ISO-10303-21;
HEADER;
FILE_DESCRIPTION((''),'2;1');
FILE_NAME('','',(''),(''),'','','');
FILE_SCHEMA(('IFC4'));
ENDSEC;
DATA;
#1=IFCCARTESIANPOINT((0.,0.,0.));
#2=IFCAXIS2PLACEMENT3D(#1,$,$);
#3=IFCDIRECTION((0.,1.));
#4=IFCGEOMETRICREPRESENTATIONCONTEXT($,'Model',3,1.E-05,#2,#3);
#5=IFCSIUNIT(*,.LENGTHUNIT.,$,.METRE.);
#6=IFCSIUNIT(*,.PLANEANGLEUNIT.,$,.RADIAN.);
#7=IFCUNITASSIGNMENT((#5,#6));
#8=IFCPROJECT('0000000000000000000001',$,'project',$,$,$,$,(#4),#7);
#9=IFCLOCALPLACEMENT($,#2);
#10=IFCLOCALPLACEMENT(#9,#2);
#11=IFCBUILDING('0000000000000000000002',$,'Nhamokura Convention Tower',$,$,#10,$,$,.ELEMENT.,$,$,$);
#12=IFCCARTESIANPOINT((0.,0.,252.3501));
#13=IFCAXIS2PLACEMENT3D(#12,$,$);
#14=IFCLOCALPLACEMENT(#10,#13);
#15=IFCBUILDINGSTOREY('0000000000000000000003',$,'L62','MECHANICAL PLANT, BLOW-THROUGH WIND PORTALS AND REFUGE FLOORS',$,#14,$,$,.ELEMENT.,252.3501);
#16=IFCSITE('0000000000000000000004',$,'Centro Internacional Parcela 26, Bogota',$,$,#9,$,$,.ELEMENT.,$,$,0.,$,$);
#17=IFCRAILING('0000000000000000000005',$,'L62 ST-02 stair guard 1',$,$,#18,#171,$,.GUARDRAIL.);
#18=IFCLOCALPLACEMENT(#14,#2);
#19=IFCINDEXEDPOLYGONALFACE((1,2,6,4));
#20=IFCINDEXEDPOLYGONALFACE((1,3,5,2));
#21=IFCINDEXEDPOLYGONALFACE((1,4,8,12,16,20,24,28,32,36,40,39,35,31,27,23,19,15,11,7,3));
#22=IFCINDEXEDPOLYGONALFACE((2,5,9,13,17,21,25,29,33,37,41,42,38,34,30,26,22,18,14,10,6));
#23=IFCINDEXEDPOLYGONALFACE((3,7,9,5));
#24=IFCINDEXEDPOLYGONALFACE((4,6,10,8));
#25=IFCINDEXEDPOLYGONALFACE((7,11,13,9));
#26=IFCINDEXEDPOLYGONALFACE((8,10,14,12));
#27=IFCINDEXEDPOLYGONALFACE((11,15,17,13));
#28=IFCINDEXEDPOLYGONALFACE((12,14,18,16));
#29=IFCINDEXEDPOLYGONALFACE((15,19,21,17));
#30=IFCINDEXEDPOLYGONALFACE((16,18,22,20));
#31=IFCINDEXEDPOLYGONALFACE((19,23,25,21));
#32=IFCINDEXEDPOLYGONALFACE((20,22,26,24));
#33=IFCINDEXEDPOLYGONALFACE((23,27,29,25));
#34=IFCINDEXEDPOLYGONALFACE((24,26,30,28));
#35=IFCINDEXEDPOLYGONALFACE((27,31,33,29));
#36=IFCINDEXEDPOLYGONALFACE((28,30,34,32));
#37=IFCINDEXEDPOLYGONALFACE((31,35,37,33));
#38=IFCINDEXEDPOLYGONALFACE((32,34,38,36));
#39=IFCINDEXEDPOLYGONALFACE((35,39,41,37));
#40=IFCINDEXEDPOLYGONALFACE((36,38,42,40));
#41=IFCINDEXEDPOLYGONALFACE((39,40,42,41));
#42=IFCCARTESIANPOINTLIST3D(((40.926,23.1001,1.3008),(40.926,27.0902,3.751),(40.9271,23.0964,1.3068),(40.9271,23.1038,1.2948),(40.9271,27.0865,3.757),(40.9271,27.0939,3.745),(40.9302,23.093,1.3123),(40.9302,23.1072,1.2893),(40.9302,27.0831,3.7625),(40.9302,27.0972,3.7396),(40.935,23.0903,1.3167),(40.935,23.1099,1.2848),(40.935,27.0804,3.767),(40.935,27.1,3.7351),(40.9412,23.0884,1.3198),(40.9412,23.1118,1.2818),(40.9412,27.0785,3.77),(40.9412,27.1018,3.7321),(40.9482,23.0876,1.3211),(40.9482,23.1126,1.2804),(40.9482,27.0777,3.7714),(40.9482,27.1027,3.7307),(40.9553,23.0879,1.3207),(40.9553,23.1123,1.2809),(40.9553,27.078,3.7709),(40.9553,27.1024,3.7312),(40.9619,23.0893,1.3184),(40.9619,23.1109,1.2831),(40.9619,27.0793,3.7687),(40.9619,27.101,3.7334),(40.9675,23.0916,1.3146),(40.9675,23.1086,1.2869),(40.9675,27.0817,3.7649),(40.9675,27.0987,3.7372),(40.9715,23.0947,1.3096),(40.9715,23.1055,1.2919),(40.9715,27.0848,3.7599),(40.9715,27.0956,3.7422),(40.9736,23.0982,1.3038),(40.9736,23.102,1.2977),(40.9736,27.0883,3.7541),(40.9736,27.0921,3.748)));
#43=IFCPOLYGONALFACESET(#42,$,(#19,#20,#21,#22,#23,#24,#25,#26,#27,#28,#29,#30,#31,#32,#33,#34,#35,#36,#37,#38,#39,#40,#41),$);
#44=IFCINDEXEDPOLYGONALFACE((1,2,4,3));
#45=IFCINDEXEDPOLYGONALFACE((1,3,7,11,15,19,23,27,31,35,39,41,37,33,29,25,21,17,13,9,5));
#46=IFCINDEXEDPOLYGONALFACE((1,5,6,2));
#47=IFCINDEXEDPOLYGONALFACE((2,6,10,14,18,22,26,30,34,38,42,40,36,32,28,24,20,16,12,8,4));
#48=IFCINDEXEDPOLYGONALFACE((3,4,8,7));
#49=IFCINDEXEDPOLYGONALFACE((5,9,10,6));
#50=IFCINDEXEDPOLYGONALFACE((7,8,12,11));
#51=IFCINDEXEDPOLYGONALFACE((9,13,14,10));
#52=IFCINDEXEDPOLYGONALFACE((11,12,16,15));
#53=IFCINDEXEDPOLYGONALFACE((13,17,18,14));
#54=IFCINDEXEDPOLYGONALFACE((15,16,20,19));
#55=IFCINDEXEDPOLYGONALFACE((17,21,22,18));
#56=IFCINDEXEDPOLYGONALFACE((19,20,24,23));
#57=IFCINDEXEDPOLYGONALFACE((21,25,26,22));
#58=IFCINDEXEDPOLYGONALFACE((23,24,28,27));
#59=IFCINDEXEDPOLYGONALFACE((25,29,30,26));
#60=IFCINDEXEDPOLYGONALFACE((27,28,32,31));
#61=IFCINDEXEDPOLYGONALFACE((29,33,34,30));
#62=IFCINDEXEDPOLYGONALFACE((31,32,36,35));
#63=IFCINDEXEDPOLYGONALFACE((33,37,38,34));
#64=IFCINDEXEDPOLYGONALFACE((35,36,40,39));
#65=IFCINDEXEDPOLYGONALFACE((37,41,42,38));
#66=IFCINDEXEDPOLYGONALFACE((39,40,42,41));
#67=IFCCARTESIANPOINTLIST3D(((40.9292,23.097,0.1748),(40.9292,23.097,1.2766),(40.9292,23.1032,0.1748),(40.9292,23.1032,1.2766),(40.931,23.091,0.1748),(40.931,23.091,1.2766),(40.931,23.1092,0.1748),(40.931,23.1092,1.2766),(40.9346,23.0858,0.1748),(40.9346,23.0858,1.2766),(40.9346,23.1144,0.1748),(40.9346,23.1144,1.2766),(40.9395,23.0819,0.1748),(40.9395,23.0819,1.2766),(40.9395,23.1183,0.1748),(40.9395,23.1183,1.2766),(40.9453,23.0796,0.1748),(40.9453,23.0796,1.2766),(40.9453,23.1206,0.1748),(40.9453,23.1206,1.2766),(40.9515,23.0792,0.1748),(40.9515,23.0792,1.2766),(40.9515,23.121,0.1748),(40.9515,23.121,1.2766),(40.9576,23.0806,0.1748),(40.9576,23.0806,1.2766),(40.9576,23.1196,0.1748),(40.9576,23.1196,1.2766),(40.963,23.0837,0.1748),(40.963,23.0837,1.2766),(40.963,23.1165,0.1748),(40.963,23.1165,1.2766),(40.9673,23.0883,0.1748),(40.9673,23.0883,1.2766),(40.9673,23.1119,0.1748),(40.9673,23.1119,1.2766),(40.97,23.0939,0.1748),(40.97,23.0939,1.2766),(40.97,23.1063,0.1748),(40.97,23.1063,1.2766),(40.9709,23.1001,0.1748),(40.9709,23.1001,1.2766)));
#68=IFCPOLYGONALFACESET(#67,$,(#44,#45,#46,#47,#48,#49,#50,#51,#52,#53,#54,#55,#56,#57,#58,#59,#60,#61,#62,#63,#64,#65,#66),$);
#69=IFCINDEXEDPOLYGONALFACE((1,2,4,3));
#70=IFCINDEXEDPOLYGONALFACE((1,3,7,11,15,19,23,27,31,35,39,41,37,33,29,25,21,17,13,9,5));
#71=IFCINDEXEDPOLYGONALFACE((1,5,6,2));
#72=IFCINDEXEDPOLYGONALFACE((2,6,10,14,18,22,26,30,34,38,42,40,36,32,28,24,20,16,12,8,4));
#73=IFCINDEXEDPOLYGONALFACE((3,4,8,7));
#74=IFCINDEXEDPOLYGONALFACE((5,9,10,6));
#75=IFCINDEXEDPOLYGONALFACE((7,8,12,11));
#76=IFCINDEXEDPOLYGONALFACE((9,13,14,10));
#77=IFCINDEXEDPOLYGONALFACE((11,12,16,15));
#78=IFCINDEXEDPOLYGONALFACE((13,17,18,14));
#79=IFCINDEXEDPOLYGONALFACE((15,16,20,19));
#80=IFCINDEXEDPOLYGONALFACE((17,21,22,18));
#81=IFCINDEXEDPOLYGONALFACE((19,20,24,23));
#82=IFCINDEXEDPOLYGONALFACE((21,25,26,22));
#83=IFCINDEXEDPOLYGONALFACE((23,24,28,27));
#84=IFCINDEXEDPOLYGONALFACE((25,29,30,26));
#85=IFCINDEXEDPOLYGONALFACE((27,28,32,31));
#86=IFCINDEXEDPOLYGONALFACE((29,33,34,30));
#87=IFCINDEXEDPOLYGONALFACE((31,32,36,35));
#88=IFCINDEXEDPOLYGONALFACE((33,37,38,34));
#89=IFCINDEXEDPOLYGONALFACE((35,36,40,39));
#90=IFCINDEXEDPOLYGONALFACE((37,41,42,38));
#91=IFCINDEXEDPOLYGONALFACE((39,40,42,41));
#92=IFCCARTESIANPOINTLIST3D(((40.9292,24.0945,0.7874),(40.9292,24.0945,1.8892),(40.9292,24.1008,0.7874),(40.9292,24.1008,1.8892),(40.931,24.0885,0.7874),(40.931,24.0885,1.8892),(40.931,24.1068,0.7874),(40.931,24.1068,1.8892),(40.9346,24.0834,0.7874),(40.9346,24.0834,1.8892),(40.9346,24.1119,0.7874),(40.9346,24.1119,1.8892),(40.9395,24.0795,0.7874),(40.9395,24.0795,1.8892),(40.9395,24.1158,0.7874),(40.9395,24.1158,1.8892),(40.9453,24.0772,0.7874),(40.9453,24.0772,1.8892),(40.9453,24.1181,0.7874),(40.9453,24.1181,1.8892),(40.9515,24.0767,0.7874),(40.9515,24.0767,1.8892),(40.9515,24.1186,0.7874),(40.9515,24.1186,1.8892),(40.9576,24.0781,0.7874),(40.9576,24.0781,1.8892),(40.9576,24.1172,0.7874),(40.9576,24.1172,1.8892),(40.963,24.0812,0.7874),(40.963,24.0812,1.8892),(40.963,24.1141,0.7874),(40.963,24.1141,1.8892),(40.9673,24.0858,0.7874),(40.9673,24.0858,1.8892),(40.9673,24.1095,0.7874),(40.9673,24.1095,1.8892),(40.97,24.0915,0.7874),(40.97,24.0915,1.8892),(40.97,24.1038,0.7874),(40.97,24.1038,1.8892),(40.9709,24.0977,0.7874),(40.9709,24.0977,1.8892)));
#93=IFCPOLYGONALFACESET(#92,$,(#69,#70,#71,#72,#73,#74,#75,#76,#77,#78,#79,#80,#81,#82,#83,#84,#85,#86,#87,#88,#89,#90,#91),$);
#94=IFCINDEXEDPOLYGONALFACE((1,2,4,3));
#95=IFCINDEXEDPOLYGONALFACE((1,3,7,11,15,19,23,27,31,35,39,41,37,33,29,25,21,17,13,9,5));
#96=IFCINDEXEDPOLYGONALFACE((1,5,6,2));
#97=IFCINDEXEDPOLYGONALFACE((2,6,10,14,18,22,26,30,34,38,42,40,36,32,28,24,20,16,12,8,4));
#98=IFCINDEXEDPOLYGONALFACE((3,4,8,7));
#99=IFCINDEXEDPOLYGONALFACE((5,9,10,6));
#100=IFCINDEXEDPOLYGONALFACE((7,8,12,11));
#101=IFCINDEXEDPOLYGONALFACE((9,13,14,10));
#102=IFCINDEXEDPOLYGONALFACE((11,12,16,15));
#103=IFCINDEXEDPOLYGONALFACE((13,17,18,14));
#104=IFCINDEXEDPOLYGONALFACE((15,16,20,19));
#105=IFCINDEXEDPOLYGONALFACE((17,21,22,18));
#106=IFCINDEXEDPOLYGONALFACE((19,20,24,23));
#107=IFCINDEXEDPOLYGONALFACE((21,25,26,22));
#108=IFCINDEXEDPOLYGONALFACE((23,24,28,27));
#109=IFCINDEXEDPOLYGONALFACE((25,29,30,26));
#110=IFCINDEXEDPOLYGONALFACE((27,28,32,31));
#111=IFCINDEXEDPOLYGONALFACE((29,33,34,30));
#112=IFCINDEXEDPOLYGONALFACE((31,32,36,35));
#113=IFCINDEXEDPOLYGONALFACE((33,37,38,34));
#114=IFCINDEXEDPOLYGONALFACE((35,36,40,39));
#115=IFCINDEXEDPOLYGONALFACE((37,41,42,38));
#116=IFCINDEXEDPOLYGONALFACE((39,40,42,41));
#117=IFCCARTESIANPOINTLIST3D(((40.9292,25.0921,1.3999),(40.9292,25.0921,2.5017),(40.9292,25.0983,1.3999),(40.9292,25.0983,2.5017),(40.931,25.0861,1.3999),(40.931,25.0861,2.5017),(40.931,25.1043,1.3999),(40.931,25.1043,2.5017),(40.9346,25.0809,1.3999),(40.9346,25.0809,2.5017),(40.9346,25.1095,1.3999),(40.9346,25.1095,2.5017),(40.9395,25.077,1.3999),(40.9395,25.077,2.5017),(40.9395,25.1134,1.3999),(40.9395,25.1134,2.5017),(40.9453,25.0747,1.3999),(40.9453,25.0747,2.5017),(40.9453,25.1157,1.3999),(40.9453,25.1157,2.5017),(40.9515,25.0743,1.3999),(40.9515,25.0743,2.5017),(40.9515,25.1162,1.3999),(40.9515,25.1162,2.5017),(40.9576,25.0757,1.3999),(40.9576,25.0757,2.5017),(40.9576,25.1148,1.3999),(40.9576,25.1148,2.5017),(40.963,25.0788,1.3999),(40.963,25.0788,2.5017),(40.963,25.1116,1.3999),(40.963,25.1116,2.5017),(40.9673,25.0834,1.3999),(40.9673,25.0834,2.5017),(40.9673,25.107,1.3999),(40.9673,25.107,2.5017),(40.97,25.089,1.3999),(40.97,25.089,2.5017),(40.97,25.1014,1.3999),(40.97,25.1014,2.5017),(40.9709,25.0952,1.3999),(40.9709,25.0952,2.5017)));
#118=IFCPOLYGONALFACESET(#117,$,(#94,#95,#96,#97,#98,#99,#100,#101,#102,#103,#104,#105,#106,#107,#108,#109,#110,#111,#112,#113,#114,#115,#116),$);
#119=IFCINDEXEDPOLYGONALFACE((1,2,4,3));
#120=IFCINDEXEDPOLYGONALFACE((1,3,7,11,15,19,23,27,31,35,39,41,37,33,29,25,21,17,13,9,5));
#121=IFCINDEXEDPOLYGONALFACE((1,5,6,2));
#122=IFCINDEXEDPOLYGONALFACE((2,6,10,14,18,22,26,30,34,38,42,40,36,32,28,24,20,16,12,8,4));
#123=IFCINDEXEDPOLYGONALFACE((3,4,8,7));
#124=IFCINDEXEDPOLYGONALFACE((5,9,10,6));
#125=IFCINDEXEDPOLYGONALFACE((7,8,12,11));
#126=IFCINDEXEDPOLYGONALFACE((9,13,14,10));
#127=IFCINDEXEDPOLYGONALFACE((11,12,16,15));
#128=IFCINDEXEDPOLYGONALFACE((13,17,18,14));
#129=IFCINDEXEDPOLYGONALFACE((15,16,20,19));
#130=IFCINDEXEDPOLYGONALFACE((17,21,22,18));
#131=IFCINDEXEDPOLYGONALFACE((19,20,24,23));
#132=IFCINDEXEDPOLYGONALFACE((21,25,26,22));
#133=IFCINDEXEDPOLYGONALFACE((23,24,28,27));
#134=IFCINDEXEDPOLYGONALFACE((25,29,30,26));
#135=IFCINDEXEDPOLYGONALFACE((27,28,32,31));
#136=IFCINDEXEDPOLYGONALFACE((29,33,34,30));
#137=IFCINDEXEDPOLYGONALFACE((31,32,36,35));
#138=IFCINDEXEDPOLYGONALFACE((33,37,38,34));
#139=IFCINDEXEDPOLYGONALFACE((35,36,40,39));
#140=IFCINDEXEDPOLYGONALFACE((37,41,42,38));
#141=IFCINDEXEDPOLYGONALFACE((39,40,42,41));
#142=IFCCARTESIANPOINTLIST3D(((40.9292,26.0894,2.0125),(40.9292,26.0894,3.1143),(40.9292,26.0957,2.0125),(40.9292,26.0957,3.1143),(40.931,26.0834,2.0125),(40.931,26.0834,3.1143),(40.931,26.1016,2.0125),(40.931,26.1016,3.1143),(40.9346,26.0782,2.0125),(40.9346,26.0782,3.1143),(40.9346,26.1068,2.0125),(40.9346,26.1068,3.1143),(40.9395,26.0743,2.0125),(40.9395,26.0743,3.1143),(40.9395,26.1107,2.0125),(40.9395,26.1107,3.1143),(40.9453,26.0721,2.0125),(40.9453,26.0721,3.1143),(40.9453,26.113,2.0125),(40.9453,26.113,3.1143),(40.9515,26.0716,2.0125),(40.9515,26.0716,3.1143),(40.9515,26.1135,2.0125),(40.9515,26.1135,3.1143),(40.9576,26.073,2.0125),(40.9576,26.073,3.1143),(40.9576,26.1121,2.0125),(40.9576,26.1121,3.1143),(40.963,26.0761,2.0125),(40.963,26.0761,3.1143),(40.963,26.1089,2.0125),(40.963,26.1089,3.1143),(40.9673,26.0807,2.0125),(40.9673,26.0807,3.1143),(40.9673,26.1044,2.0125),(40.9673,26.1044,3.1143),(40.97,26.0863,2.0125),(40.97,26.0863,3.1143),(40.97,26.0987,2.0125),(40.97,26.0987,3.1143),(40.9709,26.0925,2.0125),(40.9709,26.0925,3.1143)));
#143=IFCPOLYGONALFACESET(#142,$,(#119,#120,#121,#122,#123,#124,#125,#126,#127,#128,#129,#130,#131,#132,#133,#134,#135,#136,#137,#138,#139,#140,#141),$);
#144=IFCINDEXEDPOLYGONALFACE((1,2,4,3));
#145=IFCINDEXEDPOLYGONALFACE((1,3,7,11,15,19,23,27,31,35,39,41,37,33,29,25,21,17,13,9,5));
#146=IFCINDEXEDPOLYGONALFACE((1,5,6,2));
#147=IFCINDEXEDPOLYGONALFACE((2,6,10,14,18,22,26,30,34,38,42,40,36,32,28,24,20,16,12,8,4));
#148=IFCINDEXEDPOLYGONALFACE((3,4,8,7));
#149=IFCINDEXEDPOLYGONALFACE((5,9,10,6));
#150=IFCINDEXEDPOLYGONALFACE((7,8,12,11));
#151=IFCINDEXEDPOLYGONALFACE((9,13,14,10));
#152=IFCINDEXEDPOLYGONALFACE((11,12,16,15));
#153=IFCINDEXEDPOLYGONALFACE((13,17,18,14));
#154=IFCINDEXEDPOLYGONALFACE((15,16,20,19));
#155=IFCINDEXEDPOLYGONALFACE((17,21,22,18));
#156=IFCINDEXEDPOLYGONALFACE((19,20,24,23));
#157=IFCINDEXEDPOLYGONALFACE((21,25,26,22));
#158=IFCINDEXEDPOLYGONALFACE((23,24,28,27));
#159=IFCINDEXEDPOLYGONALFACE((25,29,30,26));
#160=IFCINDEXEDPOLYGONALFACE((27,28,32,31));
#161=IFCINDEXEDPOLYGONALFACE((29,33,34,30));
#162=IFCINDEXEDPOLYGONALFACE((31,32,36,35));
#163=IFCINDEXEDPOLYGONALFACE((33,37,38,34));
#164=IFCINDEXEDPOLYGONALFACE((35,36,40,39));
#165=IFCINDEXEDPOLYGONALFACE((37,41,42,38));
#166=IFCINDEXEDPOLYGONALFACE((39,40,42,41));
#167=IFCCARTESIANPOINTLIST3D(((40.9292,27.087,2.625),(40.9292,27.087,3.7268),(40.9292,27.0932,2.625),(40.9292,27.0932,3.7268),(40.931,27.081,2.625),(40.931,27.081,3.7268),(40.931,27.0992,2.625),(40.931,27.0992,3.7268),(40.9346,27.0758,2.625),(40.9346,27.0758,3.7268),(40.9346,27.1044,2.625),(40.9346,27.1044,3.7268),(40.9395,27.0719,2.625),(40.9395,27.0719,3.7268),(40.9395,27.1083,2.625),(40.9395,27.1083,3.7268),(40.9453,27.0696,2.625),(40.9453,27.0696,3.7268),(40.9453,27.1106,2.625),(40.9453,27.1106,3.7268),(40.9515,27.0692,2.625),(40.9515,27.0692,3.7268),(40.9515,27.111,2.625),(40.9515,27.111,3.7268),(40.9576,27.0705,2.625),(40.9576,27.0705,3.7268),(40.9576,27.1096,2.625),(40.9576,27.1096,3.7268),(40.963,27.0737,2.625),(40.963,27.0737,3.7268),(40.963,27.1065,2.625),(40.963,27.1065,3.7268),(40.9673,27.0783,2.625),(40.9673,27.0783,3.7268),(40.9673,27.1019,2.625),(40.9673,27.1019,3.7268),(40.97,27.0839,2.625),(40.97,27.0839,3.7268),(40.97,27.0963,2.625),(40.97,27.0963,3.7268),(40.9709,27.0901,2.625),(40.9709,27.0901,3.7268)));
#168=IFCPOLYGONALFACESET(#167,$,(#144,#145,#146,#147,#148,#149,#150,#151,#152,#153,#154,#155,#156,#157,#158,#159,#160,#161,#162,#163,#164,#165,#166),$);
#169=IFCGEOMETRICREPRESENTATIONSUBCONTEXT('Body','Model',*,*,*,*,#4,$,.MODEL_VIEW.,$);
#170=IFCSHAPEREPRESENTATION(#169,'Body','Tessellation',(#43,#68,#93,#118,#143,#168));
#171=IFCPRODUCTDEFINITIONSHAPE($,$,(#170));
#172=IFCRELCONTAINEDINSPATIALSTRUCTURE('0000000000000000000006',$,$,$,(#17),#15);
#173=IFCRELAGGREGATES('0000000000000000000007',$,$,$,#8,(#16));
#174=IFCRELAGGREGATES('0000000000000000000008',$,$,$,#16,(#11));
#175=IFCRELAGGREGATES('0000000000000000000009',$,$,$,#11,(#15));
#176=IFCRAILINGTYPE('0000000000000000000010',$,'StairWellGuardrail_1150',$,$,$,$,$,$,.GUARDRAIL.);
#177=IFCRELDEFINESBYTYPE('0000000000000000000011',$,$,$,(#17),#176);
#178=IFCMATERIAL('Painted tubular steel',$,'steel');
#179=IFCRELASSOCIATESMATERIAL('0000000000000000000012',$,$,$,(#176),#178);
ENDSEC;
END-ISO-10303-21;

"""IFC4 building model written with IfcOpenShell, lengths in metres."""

from ifc_helpers import new_model, si_unit, direction, frame, origin, origin_2d, place, context, subcontext, project, spatial, circle, extrude, material, type_object, element, save


model = new_model("IFC4")

# Units and contexts
model_context = context("Model", 3, precision=1e-05, world=origin(), true_north=direction((0.0, 1.0)))
body_context = subcontext(model_context, "Body", "Model", "MODEL_VIEW")
ifc_project = project(units=[si_unit("LENGTHUNIT", "METRE"), si_unit("PLANEANGLEUNIT", "RADIAN")], contexts=[model_context])

# Site, building, storey
site_placement = place(None, origin())
site = spatial("IfcSite", under=ifc_project, at=site_placement, Name="Centro Internacional Parcela 26, Bogota", CompositionType="ELEMENT", RefElevation=0.0)
building_placement = place(site_placement, origin())
building = spatial("IfcBuilding", under=site, at=building_placement, Name="Nhamokura Convention Tower", CompositionType="ELEMENT")
storey_placement = place(building_placement, frame((0.0, 0.0, 252.3501)))
storey = spatial("IfcBuildingStorey", under=building, at=storey_placement, Name="L62", Description="MECHANICAL PLANT, BLOW-THROUGH WIND PORTALS AND REFUGE FLOORS", CompositionType="ELEMENT", Elevation=252.3501)

# Railing
ifc_material_1 = material(Name="Painted tubular steel", Category="steel")
railing_type_1 = type_object("IfcRailingType", Name="StairWellGuardrail_1150", PredefinedType="GUARDRAIL", material=ifc_material_1)
railing_1_placement = place(storey_placement, frame((40.95, 23.1001, 0.1748)))
element("IfcRailing", 1, at=railing_1_placement, inside=storey, type_object=railing_type_1, Name="L62 ST-02 stair guard 1", PredefinedType="GUARDRAIL", context=body_context, shape_type="SweptSolid", body=[
    extrude(circle(Radius=0.0239, at=origin_2d()), frame((0.0, 0.0, 1.126), z_axis=(0.0, 0.852152, 0.523294), x_axis=(-1.0, 0.0, 0.0)), (0.0, 0.0, 1.0), 4.6824),
    extrude(circle(Radius=0.021, at=origin_2d()), origin(), (0.0, 0.0, 1.0), 1.1018),
    extrude(circle(Radius=0.021, at=origin_2d()), frame((0.0, 0.9976, 0.6125)), (0.0, 0.0, 1.0), 1.1018),
    extrude(circle(Radius=0.021, at=origin_2d()), frame((0.0, 1.9951, 1.2251)), (0.0, 0.0, 1.0), 1.1018),
    extrude(circle(Radius=0.021, at=origin_2d()), frame((0.0, 2.9924, 1.8376)), (0.0, 0.0, 1.0), 1.1018),
    extrude(circle(Radius=0.021, at=origin_2d()), frame((0.0, 3.99, 2.4502)), (0.0, 0.0, 1.0), 1.1018),
])

save(model, "model.ifc")
